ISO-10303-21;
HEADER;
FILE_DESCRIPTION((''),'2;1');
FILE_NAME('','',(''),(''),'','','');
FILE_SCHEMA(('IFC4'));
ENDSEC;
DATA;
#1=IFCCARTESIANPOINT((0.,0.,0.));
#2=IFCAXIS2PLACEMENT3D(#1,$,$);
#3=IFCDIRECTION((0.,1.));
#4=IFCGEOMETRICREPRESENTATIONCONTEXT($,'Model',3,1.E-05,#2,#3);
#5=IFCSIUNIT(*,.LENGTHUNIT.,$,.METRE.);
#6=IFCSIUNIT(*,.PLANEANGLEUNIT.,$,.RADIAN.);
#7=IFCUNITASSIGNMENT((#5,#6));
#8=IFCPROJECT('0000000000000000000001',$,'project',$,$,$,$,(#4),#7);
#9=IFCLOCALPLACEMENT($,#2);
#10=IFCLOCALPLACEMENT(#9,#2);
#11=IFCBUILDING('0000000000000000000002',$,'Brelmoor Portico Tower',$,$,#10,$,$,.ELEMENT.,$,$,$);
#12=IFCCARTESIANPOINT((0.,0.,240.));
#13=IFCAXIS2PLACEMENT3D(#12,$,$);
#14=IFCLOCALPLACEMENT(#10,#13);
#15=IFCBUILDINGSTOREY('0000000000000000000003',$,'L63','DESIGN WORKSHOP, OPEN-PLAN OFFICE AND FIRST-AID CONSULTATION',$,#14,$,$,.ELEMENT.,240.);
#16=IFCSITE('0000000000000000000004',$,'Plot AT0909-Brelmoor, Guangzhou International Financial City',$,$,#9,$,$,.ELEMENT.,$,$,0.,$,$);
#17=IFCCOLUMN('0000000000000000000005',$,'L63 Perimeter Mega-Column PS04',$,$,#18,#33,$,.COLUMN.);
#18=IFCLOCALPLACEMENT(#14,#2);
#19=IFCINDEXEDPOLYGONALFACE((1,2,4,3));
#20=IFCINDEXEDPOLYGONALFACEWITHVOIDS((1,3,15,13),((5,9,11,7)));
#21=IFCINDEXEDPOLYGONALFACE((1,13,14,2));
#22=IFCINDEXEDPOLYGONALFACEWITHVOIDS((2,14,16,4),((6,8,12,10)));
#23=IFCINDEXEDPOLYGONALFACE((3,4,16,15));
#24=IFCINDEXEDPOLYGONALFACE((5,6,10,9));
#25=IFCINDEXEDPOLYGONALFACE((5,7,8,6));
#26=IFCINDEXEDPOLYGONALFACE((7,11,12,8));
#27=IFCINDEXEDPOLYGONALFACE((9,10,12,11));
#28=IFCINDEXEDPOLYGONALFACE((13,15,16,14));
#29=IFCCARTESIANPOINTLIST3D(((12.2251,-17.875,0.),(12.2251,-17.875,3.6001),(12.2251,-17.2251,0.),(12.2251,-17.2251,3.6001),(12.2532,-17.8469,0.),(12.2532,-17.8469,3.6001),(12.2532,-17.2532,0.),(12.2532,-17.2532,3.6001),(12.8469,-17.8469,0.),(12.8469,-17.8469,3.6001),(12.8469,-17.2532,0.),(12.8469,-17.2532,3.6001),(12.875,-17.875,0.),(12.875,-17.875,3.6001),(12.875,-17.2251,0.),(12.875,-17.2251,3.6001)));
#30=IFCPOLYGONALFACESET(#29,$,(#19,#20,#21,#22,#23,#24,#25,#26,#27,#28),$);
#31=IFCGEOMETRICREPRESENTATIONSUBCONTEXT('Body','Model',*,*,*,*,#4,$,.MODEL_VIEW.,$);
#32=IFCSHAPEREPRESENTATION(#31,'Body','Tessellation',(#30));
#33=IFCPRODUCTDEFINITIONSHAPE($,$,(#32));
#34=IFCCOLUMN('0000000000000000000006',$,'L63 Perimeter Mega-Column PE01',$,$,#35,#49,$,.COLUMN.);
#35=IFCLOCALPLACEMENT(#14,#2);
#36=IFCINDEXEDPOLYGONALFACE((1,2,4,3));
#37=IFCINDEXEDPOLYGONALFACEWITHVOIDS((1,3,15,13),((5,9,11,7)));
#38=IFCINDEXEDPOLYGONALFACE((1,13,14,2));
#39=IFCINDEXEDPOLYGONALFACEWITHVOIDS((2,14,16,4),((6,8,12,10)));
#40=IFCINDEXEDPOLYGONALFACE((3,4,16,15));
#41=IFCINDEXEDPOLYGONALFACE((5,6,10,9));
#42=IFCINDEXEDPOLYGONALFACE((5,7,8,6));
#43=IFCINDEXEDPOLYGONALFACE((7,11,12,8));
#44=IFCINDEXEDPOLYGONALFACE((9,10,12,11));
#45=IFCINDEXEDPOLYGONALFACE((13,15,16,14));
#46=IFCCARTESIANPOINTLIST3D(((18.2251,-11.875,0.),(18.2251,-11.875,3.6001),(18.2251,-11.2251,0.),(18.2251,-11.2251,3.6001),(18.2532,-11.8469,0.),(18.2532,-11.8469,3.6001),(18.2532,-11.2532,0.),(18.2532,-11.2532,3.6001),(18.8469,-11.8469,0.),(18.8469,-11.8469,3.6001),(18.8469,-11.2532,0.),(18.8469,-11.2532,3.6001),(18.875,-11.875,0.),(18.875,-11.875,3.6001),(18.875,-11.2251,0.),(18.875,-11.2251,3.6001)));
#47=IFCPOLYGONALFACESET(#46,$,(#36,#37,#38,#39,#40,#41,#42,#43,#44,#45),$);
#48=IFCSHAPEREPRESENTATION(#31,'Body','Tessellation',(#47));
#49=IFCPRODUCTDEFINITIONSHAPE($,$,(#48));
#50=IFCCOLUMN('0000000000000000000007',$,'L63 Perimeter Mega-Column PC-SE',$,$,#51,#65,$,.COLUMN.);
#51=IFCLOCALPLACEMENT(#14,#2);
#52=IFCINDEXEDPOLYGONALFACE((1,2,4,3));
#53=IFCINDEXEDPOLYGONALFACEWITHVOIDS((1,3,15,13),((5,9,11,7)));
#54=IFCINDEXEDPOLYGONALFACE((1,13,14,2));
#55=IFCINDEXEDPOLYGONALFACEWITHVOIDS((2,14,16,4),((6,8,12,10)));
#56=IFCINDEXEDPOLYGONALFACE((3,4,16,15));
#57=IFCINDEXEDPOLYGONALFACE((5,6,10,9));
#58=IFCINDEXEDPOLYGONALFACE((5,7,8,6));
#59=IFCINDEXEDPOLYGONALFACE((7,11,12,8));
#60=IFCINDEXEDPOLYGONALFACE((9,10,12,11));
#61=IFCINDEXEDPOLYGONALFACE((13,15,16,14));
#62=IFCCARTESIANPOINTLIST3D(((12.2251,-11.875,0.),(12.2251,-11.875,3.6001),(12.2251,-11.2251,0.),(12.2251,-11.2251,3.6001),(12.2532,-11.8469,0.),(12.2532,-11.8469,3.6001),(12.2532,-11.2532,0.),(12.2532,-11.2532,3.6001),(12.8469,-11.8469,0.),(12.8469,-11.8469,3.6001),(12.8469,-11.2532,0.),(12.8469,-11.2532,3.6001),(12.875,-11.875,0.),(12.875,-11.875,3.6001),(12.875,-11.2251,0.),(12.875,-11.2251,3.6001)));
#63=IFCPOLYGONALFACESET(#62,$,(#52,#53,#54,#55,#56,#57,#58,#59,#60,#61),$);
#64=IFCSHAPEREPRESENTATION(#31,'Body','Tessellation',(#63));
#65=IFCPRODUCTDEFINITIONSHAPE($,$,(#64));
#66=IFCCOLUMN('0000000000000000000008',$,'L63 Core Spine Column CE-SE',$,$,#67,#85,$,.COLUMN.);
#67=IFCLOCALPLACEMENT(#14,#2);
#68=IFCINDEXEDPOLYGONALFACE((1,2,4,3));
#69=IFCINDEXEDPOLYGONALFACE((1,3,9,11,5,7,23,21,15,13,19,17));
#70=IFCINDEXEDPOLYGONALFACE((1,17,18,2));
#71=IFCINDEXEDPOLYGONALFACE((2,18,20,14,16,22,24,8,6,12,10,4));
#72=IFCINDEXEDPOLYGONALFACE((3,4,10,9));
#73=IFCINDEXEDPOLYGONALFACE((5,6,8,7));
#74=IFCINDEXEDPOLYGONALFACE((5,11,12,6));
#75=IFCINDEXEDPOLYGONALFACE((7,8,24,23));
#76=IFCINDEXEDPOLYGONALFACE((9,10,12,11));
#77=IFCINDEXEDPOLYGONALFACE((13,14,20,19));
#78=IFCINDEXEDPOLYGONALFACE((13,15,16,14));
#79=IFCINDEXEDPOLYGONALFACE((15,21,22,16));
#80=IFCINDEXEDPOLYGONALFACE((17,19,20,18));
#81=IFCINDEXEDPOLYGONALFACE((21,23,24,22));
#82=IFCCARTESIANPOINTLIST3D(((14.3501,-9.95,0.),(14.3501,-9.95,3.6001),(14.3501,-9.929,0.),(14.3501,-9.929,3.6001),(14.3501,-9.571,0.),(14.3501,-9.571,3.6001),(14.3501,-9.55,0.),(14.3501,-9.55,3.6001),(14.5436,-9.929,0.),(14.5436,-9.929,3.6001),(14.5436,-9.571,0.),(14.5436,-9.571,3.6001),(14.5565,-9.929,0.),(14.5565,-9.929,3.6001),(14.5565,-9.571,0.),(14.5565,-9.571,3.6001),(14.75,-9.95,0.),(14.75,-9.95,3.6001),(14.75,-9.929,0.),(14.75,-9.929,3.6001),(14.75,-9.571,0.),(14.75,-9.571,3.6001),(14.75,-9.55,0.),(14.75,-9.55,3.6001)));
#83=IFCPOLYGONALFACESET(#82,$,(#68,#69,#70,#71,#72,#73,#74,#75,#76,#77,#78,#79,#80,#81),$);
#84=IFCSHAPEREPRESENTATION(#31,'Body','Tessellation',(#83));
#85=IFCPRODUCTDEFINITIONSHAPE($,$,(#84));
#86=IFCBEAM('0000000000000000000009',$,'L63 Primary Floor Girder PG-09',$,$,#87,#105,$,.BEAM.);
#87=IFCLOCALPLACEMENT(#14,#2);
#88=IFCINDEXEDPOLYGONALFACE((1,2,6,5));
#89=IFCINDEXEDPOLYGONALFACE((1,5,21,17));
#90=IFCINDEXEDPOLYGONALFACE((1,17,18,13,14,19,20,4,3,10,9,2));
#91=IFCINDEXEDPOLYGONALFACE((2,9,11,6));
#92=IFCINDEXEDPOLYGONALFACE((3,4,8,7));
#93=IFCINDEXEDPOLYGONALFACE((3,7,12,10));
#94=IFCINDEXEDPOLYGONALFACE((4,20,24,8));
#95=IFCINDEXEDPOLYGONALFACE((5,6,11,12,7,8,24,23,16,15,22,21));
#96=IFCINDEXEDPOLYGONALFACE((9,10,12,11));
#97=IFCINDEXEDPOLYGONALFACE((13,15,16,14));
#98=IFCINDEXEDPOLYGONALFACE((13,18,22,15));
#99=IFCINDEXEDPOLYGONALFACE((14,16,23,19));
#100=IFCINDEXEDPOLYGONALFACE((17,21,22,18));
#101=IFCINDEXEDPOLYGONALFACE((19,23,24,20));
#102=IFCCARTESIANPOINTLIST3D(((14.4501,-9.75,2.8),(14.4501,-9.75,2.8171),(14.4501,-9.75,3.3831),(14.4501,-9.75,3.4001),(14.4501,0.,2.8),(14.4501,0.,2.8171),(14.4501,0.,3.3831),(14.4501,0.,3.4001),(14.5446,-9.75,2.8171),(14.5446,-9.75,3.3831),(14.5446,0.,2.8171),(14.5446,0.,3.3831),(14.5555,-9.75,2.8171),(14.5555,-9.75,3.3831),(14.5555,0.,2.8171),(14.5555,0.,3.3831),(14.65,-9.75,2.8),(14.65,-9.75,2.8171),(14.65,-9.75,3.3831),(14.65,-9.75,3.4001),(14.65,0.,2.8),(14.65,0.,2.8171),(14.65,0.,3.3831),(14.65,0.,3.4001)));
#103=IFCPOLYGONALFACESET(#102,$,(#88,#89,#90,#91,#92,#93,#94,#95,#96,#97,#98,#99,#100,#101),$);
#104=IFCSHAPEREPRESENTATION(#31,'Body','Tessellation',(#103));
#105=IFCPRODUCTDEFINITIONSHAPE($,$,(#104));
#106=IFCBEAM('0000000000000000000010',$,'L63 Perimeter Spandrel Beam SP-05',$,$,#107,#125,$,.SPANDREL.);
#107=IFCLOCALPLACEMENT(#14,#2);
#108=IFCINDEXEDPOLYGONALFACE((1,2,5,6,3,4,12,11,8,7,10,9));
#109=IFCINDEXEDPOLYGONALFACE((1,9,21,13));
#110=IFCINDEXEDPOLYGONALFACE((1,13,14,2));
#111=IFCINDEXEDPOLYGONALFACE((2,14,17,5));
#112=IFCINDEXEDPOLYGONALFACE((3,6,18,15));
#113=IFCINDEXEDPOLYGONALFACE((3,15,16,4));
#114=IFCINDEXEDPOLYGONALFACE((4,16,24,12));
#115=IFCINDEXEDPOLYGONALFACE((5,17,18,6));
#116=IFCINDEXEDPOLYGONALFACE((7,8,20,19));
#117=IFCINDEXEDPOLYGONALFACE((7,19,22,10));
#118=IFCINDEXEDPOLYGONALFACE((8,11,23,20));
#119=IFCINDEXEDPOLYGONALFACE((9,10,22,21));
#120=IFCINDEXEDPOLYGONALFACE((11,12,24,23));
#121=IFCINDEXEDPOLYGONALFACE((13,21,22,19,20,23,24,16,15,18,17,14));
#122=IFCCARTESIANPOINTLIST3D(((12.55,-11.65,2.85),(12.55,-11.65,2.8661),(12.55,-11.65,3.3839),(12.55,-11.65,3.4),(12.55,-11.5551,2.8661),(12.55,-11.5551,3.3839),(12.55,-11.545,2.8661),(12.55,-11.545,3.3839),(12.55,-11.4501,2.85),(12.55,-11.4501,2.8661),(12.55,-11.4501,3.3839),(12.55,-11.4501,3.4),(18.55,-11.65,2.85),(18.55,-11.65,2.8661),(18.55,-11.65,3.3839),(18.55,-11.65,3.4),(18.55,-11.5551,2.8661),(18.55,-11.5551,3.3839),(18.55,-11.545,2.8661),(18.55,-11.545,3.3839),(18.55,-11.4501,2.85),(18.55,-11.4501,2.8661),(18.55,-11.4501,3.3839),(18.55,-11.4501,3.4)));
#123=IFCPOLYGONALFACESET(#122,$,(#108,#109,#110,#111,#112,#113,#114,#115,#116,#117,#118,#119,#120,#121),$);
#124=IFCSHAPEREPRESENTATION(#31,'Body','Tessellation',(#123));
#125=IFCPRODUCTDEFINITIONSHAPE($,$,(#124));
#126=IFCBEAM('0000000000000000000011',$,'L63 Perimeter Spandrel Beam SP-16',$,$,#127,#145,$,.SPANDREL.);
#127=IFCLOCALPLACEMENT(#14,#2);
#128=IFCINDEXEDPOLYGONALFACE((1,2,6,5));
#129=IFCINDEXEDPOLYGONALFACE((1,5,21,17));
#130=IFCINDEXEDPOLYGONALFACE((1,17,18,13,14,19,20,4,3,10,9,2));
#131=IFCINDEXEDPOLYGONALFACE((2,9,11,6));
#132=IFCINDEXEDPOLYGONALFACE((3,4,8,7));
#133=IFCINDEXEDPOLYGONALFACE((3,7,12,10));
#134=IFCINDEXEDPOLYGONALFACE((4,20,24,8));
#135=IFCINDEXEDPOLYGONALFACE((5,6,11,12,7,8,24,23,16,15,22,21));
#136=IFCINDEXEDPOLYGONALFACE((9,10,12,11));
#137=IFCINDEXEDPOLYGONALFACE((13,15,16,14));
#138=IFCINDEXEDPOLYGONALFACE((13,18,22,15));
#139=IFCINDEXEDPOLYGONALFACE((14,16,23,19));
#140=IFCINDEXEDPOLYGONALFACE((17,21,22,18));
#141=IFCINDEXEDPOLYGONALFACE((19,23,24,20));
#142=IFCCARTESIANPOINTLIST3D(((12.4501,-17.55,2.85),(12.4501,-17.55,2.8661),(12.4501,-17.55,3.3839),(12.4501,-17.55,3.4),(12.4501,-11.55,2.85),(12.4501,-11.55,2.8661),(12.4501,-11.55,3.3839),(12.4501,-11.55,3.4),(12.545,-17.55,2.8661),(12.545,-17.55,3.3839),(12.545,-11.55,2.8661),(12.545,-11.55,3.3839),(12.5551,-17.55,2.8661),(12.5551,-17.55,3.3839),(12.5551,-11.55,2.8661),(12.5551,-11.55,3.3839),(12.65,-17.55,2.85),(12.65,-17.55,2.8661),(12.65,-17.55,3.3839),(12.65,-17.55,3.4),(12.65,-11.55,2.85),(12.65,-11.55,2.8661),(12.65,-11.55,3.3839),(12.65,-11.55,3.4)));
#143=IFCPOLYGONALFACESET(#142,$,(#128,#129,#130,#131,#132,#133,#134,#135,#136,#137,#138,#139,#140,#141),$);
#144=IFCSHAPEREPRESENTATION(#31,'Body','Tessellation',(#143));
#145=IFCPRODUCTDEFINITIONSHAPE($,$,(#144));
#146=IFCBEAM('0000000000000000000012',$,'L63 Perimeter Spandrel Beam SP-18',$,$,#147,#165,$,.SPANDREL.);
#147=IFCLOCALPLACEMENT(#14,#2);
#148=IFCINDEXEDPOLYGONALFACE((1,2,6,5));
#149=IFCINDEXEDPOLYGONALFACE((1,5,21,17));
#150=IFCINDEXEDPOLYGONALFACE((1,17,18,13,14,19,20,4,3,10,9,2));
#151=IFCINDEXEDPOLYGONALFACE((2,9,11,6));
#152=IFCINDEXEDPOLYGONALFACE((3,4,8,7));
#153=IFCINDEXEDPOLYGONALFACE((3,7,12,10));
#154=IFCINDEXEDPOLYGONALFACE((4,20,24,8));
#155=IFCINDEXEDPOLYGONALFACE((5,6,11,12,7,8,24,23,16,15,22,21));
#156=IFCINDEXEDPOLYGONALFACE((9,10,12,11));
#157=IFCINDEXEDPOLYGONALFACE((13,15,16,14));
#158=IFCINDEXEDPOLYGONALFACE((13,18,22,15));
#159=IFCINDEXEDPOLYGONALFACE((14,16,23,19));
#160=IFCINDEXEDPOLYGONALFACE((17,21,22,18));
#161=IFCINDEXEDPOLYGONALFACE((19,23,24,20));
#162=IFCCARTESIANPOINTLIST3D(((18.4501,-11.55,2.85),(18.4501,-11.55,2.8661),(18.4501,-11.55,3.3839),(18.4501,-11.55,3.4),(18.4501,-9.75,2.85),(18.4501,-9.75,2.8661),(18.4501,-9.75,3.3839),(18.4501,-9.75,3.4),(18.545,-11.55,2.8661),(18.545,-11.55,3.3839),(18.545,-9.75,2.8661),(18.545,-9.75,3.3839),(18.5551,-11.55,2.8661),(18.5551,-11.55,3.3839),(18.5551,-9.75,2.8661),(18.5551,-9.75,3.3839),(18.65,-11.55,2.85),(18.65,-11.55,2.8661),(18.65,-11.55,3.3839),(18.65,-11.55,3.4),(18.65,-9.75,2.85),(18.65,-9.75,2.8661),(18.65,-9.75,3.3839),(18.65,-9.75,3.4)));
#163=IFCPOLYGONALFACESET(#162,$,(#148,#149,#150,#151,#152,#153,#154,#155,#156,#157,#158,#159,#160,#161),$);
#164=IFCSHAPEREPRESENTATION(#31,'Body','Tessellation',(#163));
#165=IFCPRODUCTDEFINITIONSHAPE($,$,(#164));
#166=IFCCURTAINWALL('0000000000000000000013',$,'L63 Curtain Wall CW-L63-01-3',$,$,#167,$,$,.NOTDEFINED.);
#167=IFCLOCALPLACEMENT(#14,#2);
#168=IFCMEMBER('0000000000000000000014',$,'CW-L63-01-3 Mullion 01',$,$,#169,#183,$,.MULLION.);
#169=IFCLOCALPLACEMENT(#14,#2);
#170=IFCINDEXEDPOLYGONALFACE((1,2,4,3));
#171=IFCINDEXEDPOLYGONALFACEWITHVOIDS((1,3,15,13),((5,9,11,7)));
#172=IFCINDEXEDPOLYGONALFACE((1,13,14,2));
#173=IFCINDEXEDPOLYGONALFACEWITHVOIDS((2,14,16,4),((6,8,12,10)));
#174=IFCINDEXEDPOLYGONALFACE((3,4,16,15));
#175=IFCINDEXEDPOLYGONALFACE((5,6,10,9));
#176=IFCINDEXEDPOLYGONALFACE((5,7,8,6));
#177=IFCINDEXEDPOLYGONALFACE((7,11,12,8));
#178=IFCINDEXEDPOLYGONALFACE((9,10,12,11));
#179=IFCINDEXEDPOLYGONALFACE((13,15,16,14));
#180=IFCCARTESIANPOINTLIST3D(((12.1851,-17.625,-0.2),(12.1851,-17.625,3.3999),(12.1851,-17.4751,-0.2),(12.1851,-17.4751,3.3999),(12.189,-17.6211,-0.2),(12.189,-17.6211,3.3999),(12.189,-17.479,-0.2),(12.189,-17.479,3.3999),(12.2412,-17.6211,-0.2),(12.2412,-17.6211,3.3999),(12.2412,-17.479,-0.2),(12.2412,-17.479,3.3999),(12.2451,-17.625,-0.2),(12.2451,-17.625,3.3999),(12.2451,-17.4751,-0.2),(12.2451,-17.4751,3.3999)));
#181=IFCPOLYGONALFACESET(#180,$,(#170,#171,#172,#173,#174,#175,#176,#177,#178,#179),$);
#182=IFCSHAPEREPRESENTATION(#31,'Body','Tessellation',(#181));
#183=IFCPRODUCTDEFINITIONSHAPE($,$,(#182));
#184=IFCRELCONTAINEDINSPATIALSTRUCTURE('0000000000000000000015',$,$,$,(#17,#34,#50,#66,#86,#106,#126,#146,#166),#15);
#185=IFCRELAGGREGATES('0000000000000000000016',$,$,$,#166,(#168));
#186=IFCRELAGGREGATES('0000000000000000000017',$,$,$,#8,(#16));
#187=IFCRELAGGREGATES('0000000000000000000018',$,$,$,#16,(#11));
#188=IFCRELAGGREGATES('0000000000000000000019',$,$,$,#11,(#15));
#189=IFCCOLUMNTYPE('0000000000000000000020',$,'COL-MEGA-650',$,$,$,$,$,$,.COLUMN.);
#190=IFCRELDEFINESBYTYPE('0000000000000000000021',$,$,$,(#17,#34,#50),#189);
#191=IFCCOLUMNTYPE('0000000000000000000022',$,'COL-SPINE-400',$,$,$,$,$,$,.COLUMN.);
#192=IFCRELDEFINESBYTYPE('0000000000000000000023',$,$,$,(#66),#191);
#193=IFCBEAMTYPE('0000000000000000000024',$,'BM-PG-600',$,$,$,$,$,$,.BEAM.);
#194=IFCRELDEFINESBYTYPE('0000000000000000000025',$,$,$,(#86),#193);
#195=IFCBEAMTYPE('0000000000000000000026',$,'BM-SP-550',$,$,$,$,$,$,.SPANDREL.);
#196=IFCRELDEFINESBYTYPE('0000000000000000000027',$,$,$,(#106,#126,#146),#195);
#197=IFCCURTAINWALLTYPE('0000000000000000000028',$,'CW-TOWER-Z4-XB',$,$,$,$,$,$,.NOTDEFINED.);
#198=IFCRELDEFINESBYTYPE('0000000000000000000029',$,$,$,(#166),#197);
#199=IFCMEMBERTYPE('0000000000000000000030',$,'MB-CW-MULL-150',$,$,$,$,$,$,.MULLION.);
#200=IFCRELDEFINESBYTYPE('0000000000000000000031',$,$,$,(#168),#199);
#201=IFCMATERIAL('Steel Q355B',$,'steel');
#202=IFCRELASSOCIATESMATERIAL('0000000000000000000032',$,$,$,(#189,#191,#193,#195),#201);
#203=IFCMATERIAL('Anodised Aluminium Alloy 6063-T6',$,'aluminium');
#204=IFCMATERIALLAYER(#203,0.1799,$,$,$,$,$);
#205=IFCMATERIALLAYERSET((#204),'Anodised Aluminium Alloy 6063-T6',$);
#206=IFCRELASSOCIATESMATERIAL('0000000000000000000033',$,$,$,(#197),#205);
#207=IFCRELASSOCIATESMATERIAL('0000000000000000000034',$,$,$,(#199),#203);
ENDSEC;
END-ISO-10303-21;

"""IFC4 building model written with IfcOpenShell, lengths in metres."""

from ifc_helpers import new_model, si_unit, direction, frame, origin, origin_2d, place, context, subcontext, project, spatial, hollow_rectangle, i_section, extrude, material, layer, layer_set, material_profile, profile_set, type_object, element, aggregate, save


model = new_model("IFC4")

# Units and contexts
model_context = context("Model", 3, precision=1e-05, world=origin(), true_north=direction((0.0, 1.0)))
body_context = subcontext(model_context, "Body", "Model", "MODEL_VIEW")
ifc_project = project(units=[si_unit("LENGTHUNIT", "METRE"), si_unit("PLANEANGLEUNIT", "RADIAN")], contexts=[model_context])

# Site, building, storey
site_placement = place(None, origin())
site = spatial("IfcSite", under=ifc_project, at=site_placement, Name="Plot AT0909-Brelmoor, Guangzhou International Financial City", CompositionType="ELEMENT", RefElevation=0.0)
building_placement = place(site_placement, origin())
building = spatial("IfcBuilding", under=site, at=building_placement, Name="Brelmoor Portico Tower", CompositionType="ELEMENT")
storey_placement = place(building_placement, frame((0.0, 0.0, 240.0)))
storey = spatial("IfcBuildingStorey", under=building, at=storey_placement, Name="L63", Description="DESIGN WORKSHOP, OPEN-PLAN OFFICE AND FIRST-AID CONSULTATION", CompositionType="ELEMENT", Elevation=240.0)

# Columns
ifc_material_1 = material(Name="Steel Q355B", Category="steel")
ifc_material_profile_1 = material_profile(ifc_material_1, hollow_rectangle(XDim=0.6499, YDim=0.6499, WallThickness=0.0281, at=origin_2d()), Name="BOX 650x650x28")
ifc_profile_set_1 = profile_set([ifc_material_profile_1], Name="Steel Q355B")
column_type_1 = type_object("IfcColumnType", Name="COL-MEGA-650", PredefinedType="COLUMN", material=ifc_profile_set_1)
for number, where, z_axis, x_axis, name in (
    (1, (12.55, -17.55, 0.0), (0.0, 0.0, 1.0), (1.0, 0.0, 0.0), "L63 Perimeter Mega-Column PS04"),
    (2, (18.55, -11.55, 0.0), (0.0, 0.0, 1.0), (0.0, 1.0, 0.0), "L63 Perimeter Mega-Column PE01"),
    (3, (12.55, -11.55, 0.0), (0.0, 0.0, 1.0), (1.0, 0.0, 0.0), "L63 Perimeter Mega-Column PC-SE"),
):
    element("IfcColumn", number, at=place(storey_placement, frame(where, z_axis=z_axis, x_axis=x_axis)), inside=storey, type_object=column_type_1, Name=name, PredefinedType="COLUMN", context=body_context, shape_type="SweptSolid", body=[
        extrude(hollow_rectangle(XDim=0.6499, YDim=0.6499, WallThickness=0.0281, at=origin_2d()), origin(), (0.0, 0.0, 1.0), 3.6001),
    ])
ifc_material_profile_2 = material_profile(ifc_material_1, i_section(OverallWidth=0.3999, OverallDepth=0.3999, WebThickness=0.0129, FlangeThickness=0.021, at=origin_2d()), Name="HW 400x400x13x21")
ifc_profile_set_2 = profile_set([ifc_material_profile_2], Name="Steel Q355B")
column_type_2 = type_object("IfcColumnType", Name="COL-SPINE-400", PredefinedType="COLUMN", material=ifc_profile_set_2)
column_placement = place(storey_placement, frame((14.55, -9.75, 0.0), z_axis=(0.0, 0.0, 1.0), x_axis=(1.0, 0.0, 0.0)))
element("IfcColumn", 4, at=column_placement, inside=storey, type_object=column_type_2, Name="L63 Core Spine Column CE-SE", PredefinedType="COLUMN", context=body_context, shape_type="SweptSolid", body=[
    extrude(i_section(OverallWidth=0.3999, OverallDepth=0.3999, WebThickness=0.0129, FlangeThickness=0.021, at=origin_2d()), origin(), (0.0, 0.0, 1.0), 3.6001),
])

# Beams
ifc_material_profile_3 = material_profile(ifc_material_1, i_section(OverallWidth=0.2, OverallDepth=0.6001, WebThickness=0.011, FlangeThickness=0.0171, at=origin_2d()), Name="HN 600x200x11x17")
ifc_profile_set_3 = profile_set([ifc_material_profile_3], Name="Steel Q355B")
beam_type_1 = type_object("IfcBeamType", Name="BM-PG-600", PredefinedType="BEAM", material=ifc_profile_set_3)
beam_1_placement = place(storey_placement, frame((14.55, -9.75, 3.1001), z_axis=(0.0, 1.0, 0.0), x_axis=(-1.0, 0.0, 0.0)))
element("IfcBeam", 5, at=beam_1_placement, inside=storey, type_object=beam_type_1, Name="L63 Primary Floor Girder PG-09", PredefinedType="BEAM", context=body_context, shape_type="SweptSolid", body=[
    extrude(i_section(OverallWidth=0.2, OverallDepth=0.6001, WebThickness=0.011, FlangeThickness=0.0171, at=origin_2d()), origin(), (0.0, 0.0, 1.0), 9.75),
])
ifc_material_profile_4 = material_profile(ifc_material_1, i_section(OverallWidth=0.2, OverallDepth=0.55, WebThickness=0.01, FlangeThickness=0.0161, at=origin_2d()), Name="HN 550x200x10x16")
ifc_profile_set_4 = profile_set([ifc_material_profile_4], Name="Steel Q355B")
beam_type_2 = type_object("IfcBeamType", Name="BM-SP-550", PredefinedType="SPANDREL", material=ifc_profile_set_4)
for number, where, z_axis, x_axis, name in (
    (6, (12.55, -11.55, 3.125), (1.0, 0.0, 0.0), (0.0, 1.0, 0.0), "L63 Perimeter Spandrel Beam SP-05"),
    (7, (12.55, -17.55, 3.125), (0.0, 1.0, 0.0), (-1.0, 0.0, 0.0), "L63 Perimeter Spandrel Beam SP-16"),
):
    element("IfcBeam", number, at=place(storey_placement, frame(where, z_axis=z_axis, x_axis=x_axis)), inside=storey, type_object=beam_type_2, Name=name, PredefinedType="SPANDREL", context=body_context, shape_type="SweptSolid", body=[
        extrude(i_section(OverallWidth=0.2, OverallDepth=0.55, WebThickness=0.01, FlangeThickness=0.0161, at=origin_2d()), origin(), (0.0, 0.0, 1.0), 6.0),
    ])
beam_2_placement = place(storey_placement, frame((18.55, -11.55, 3.125), z_axis=(0.0, 1.0, 0.0), x_axis=(-1.0, 0.0, 0.0)))
element("IfcBeam", 8, at=beam_2_placement, inside=storey, type_object=beam_type_2, Name="L63 Perimeter Spandrel Beam SP-18", PredefinedType="SPANDREL", context=body_context, shape_type="SweptSolid", body=[
    extrude(i_section(OverallWidth=0.2, OverallDepth=0.55, WebThickness=0.01, FlangeThickness=0.0161, at=origin_2d()), origin(), (0.0, 0.0, 1.0), 1.8),
])

# Curtain wall, member
ifc_material_2 = material(Name="Anodised Aluminium Alloy 6063-T6", Category="aluminium")
ifc_layer_1 = layer(ifc_material_2, 0.1799)
ifc_layer_set_1 = layer_set([ifc_layer_1], Name="Anodised Aluminium Alloy 6063-T6")
curtain_wall_type_1 = type_object("IfcCurtainWallType", Name="CW-TOWER-Z4-XB", PredefinedType="NOTDEFINED", material=ifc_layer_set_1)
curtain_wall_1_placement = place(storey_placement, origin())
curtain_wall_1 = element("IfcCurtainWall", 9, at=curtain_wall_1_placement, inside=storey, type_object=curtain_wall_type_1, Name="L63 Curtain Wall CW-L63-01-3", PredefinedType="NOTDEFINED")
ifc_material_profile_5 = material_profile(ifc_material_2, hollow_rectangle(XDim=0.0601, YDim=0.1499, WallThickness=0.0039, at=origin_2d()), Name="ALU MULLION 60x150")
ifc_profile_set_5 = profile_set([ifc_material_profile_5], Name="Anodised Aluminium Alloy 6063-T6")
member_type_1 = type_object("IfcMemberType", Name="MB-CW-MULL-150", PredefinedType="MULLION", material=ifc_profile_set_5)
member_1_placement = place(storey_placement, frame((12.2151, -17.55, -0.2), z_axis=(0.0, 0.0, 1.0), x_axis=(1.0, 0.0, 0.0)))
member_1 = element("IfcMember", 10, at=member_1_placement, type_object=member_type_1, Name="CW-L63-01-3 Mullion 01", PredefinedType="MULLION", context=body_context, shape_type="SweptSolid", body=[
    extrude(hollow_rectangle(XDim=0.0601, YDim=0.1499, WallThickness=0.0039, at=origin_2d()), origin(), (0.0, 0.0, 1.0), 3.5999),
])
aggregate(curtain_wall_1, [member_1])

save(model, "model.ifc")
